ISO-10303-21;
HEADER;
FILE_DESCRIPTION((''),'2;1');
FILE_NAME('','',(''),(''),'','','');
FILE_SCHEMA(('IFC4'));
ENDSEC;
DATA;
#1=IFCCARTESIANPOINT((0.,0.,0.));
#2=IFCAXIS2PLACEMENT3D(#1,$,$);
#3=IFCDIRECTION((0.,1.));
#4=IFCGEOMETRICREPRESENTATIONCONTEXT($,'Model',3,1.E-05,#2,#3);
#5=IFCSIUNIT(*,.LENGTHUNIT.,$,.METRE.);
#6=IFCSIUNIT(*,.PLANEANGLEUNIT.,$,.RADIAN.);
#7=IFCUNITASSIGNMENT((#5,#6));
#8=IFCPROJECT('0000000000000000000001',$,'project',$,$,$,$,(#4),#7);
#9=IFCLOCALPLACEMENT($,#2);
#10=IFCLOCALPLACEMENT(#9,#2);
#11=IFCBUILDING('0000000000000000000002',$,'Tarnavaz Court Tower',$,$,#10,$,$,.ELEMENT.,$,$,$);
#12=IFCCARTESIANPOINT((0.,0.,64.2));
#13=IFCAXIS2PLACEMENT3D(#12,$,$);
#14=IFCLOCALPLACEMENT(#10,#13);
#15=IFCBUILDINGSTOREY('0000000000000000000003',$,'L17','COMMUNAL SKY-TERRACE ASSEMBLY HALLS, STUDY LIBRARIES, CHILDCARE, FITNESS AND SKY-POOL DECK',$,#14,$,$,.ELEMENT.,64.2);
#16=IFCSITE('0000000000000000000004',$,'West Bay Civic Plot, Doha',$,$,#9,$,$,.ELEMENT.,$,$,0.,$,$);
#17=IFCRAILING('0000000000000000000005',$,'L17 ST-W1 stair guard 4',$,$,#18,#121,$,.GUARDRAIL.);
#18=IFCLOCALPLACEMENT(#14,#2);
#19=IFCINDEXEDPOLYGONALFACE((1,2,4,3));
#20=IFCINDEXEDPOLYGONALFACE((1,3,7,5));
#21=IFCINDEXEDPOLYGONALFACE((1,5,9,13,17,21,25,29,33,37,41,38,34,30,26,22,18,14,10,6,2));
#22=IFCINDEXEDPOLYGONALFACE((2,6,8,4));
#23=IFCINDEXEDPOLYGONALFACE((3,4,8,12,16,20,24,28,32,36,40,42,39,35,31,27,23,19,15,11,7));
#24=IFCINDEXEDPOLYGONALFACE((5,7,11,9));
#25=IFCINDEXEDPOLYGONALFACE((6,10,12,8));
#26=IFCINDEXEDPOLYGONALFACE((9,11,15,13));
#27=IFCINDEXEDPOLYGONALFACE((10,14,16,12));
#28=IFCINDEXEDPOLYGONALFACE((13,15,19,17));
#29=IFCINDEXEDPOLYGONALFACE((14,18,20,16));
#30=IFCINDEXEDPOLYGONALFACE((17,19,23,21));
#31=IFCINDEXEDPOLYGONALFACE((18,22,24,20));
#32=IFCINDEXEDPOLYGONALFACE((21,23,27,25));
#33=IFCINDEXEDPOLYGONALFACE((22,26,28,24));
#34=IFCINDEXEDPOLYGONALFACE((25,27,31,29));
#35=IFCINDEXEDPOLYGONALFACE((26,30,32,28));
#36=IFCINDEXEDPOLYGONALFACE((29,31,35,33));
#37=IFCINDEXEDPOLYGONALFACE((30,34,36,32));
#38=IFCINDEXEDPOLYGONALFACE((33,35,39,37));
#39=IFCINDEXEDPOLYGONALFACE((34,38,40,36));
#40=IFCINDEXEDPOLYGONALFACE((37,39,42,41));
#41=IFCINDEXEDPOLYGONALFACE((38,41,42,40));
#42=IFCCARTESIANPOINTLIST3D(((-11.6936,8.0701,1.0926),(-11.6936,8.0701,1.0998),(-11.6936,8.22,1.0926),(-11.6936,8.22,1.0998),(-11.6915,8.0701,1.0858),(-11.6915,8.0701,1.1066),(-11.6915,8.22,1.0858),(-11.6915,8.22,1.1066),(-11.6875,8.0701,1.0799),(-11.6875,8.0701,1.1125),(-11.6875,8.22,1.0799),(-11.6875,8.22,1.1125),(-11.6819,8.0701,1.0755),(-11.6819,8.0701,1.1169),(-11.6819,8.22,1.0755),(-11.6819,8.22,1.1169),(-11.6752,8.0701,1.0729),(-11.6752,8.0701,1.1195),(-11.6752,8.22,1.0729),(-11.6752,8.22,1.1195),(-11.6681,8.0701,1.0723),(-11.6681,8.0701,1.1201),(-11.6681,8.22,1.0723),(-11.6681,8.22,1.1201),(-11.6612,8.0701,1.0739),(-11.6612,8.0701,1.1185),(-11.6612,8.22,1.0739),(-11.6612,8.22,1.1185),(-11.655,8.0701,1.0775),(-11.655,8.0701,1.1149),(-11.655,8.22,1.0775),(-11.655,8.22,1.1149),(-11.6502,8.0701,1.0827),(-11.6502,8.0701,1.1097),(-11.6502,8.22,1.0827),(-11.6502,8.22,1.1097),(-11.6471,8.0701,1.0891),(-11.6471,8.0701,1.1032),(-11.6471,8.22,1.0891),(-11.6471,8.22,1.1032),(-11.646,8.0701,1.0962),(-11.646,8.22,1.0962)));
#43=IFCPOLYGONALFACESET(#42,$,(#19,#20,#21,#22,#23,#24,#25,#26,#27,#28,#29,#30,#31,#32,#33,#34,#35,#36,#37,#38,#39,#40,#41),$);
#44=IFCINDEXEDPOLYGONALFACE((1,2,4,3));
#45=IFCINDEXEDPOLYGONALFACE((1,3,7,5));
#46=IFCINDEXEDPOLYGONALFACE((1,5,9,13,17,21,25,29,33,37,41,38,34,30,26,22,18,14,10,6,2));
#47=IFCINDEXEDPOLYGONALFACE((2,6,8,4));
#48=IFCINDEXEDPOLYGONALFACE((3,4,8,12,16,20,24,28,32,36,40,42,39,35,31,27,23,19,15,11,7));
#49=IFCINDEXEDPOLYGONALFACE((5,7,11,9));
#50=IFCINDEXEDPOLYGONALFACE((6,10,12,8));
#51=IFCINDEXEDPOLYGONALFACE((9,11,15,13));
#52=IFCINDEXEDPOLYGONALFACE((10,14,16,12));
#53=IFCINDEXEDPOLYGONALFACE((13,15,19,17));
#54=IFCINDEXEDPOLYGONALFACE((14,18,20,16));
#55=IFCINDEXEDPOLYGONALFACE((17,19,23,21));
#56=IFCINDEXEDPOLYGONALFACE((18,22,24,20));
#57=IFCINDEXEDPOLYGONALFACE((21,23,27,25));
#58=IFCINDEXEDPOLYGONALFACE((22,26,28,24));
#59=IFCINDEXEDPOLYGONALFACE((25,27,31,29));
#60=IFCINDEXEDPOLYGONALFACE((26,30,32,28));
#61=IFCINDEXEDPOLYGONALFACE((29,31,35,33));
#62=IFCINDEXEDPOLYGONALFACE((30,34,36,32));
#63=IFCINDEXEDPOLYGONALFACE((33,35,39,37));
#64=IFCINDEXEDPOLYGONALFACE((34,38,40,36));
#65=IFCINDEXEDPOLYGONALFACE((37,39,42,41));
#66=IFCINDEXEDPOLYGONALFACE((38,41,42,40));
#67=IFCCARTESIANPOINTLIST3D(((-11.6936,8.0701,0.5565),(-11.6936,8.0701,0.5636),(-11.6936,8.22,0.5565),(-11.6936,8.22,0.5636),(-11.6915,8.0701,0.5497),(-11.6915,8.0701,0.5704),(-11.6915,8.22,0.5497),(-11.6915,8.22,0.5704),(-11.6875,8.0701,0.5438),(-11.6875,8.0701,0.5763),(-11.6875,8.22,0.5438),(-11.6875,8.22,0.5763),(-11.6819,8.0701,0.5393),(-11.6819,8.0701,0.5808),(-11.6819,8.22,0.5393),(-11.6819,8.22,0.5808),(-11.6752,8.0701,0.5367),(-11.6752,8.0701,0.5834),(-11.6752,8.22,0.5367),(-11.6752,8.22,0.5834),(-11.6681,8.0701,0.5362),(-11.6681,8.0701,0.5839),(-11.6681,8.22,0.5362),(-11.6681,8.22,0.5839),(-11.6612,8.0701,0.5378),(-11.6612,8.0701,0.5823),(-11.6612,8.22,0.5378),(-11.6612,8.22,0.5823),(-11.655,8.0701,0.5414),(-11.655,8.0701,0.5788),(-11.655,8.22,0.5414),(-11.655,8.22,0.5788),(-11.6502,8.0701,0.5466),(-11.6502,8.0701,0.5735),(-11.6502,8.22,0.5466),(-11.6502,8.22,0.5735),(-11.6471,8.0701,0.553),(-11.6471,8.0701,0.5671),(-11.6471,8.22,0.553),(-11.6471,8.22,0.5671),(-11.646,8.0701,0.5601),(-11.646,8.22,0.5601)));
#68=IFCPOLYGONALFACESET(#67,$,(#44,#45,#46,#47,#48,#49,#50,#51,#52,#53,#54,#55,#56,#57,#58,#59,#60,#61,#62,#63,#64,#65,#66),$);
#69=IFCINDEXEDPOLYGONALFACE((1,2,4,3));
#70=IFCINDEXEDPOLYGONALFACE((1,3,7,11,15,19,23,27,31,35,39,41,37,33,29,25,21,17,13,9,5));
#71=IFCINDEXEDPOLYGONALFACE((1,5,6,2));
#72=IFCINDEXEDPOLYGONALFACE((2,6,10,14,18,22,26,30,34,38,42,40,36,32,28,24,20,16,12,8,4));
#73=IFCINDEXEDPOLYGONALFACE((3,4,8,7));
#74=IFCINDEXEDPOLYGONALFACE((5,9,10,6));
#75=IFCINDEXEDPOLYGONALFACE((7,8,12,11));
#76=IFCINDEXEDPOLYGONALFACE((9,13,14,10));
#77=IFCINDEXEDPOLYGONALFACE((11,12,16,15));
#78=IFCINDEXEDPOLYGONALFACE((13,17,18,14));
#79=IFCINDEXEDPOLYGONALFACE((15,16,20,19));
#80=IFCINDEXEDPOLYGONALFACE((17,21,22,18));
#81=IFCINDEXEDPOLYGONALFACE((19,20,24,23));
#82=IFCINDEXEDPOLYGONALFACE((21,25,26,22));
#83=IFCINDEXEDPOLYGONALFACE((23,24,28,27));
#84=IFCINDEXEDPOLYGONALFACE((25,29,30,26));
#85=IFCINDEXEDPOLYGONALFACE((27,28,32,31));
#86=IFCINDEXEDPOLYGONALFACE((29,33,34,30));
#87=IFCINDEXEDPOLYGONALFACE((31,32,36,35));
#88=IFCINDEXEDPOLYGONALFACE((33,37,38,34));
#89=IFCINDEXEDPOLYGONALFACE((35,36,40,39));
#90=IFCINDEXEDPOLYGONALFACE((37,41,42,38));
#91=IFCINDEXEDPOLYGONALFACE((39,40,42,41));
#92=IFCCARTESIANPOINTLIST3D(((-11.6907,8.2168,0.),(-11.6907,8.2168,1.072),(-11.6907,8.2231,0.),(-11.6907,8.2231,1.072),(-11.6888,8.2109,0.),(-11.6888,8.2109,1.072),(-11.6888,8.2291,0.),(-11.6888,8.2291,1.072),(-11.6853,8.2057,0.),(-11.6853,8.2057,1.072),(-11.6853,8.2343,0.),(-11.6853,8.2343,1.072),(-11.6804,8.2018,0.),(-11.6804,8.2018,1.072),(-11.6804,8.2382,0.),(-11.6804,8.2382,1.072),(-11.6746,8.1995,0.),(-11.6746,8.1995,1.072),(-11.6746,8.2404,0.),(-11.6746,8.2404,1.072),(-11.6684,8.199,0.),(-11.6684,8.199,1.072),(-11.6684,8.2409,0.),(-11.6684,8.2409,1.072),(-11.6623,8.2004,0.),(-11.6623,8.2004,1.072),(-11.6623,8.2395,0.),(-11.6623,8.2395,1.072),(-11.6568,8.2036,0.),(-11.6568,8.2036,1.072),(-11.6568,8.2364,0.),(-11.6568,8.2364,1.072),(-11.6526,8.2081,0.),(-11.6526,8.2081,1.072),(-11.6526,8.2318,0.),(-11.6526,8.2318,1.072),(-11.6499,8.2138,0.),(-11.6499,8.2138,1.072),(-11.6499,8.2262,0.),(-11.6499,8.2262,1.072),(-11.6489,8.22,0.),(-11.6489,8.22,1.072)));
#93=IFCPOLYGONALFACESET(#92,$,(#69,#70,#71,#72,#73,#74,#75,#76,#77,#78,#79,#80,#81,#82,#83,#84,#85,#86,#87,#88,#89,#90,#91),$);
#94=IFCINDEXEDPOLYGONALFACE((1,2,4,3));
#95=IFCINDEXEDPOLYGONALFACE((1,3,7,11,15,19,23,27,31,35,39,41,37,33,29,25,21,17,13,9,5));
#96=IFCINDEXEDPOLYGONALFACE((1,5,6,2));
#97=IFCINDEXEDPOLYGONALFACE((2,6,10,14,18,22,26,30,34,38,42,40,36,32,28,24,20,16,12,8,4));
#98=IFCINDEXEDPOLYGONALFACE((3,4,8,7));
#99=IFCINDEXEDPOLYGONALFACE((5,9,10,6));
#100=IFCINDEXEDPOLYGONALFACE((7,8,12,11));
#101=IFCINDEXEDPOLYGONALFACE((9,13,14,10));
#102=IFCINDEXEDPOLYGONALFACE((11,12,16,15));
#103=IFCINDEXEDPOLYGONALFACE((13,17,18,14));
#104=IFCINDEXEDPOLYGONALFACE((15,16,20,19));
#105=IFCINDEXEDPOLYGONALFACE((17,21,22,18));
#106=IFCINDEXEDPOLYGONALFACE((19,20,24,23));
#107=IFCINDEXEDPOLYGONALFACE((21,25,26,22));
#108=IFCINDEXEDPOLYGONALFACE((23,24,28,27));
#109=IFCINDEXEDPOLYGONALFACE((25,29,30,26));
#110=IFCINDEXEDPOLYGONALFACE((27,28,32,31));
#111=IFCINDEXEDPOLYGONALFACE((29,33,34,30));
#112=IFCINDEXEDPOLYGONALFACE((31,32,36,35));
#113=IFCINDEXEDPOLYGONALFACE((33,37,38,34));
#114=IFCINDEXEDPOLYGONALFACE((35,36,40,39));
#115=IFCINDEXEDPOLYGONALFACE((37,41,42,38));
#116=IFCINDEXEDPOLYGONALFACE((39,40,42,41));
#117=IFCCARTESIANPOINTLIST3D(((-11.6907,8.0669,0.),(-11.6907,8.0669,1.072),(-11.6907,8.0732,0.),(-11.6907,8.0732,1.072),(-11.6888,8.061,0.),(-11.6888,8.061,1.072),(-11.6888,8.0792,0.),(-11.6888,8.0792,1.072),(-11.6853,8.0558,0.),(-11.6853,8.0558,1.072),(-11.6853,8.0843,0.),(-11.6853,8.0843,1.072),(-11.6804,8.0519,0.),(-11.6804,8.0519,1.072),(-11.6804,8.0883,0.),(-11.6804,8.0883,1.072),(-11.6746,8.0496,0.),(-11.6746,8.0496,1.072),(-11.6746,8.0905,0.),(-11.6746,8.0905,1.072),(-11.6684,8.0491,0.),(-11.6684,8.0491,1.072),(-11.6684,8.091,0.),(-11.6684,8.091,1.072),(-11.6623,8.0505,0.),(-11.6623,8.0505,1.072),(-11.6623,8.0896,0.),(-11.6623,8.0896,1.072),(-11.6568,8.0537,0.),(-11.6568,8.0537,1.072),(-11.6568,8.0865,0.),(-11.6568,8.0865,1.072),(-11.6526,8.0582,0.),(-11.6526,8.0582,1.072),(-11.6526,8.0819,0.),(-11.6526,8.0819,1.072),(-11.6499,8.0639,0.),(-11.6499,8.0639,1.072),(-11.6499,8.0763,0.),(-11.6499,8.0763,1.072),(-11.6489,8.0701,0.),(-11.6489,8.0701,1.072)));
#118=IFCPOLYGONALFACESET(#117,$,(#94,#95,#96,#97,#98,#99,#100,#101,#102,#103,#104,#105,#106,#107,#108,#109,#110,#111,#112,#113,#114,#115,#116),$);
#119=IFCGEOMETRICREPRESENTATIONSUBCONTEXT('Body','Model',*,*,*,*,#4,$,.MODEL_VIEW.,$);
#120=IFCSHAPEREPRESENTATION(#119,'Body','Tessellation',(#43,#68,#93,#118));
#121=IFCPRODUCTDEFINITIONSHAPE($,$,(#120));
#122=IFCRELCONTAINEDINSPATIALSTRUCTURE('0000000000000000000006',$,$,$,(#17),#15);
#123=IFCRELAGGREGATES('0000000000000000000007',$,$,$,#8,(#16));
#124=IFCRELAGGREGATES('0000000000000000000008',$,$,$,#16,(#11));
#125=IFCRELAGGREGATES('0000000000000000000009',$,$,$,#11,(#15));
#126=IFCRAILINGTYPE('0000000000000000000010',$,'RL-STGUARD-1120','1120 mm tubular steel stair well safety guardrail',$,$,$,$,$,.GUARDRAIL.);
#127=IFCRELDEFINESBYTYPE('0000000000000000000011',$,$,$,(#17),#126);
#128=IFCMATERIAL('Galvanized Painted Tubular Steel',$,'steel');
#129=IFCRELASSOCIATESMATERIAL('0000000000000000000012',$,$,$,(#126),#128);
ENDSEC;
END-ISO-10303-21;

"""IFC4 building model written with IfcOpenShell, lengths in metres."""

from ifc_helpers import new_model, si_unit, direction, frame, origin, origin_2d, place, context, subcontext, project, spatial, circle, extrude, material, type_object, element, save


model = new_model("IFC4")

# Units and contexts
model_context = context("Model", 3, precision=1e-05, world=origin(), true_north=direction((0.0, 1.0)))
body_context = subcontext(model_context, "Body", "Model", "MODEL_VIEW")
ifc_project = project(units=[si_unit("LENGTHUNIT", "METRE"), si_unit("PLANEANGLEUNIT", "RADIAN")], contexts=[model_context])

# Site, building, storey
site_placement = place(None, origin())
site = spatial("IfcSite", under=ifc_project, at=site_placement, Name="West Bay Civic Plot, Doha", CompositionType="ELEMENT", RefElevation=0.0)
building_placement = place(site_placement, origin())
building = spatial("IfcBuilding", under=site, at=building_placement, Name="Tarnavaz Court Tower", CompositionType="ELEMENT")
storey_placement = place(building_placement, frame((0.0, 0.0, 64.2)))
storey = spatial("IfcBuildingStorey", under=building, at=storey_placement, Name="L17", Description="COMMUNAL SKY-TERRACE ASSEMBLY HALLS, STUDY LIBRARIES, CHILDCARE, FITNESS AND SKY-POOL DECK", CompositionType="ELEMENT", Elevation=64.2)

# Railing
ifc_material_1 = material(Name="Galvanized Painted Tubular Steel", Category="steel")
railing_type_1 = type_object("IfcRailingType", Name="RL-STGUARD-1120", Description="1120 mm tubular steel stair well safety guardrail", PredefinedType="GUARDRAIL", material=ifc_material_1)
railing_1_placement = place(storey_placement, frame((-11.6699, 8.22, 0.0)))
element("IfcRailing", 1, at=railing_1_placement, inside=storey, type_object=railing_type_1, Name="L17 ST-W1 stair guard 4", PredefinedType="GUARDRAIL", context=body_context, shape_type="SweptSolid", body=[
    extrude(circle(Radius=0.0239, at=origin_2d()), frame((0.0, 0.0, 1.0962), z_axis=(0.0, -1.0, 0.0), x_axis=(1.0, 0.0, 0.0)), (0.0, 0.0, 1.0), 0.1499),
    extrude(circle(Radius=0.0239, at=origin_2d()), frame((0.0, 0.0, 0.5601), z_axis=(0.0, -1.0, 0.0), x_axis=(1.0, 0.0, 0.0)), (0.0, 0.0, 1.0), 0.1499),
    extrude(circle(Radius=0.021, at=origin_2d()), origin(), (0.0, 0.0, 1.0), 1.072),
    extrude(circle(Radius=0.021, at=origin_2d()), frame((0.0, -0.1499, 0.0)), (0.0, 0.0, 1.0), 1.072),
])

save(model, "model.ifc")
